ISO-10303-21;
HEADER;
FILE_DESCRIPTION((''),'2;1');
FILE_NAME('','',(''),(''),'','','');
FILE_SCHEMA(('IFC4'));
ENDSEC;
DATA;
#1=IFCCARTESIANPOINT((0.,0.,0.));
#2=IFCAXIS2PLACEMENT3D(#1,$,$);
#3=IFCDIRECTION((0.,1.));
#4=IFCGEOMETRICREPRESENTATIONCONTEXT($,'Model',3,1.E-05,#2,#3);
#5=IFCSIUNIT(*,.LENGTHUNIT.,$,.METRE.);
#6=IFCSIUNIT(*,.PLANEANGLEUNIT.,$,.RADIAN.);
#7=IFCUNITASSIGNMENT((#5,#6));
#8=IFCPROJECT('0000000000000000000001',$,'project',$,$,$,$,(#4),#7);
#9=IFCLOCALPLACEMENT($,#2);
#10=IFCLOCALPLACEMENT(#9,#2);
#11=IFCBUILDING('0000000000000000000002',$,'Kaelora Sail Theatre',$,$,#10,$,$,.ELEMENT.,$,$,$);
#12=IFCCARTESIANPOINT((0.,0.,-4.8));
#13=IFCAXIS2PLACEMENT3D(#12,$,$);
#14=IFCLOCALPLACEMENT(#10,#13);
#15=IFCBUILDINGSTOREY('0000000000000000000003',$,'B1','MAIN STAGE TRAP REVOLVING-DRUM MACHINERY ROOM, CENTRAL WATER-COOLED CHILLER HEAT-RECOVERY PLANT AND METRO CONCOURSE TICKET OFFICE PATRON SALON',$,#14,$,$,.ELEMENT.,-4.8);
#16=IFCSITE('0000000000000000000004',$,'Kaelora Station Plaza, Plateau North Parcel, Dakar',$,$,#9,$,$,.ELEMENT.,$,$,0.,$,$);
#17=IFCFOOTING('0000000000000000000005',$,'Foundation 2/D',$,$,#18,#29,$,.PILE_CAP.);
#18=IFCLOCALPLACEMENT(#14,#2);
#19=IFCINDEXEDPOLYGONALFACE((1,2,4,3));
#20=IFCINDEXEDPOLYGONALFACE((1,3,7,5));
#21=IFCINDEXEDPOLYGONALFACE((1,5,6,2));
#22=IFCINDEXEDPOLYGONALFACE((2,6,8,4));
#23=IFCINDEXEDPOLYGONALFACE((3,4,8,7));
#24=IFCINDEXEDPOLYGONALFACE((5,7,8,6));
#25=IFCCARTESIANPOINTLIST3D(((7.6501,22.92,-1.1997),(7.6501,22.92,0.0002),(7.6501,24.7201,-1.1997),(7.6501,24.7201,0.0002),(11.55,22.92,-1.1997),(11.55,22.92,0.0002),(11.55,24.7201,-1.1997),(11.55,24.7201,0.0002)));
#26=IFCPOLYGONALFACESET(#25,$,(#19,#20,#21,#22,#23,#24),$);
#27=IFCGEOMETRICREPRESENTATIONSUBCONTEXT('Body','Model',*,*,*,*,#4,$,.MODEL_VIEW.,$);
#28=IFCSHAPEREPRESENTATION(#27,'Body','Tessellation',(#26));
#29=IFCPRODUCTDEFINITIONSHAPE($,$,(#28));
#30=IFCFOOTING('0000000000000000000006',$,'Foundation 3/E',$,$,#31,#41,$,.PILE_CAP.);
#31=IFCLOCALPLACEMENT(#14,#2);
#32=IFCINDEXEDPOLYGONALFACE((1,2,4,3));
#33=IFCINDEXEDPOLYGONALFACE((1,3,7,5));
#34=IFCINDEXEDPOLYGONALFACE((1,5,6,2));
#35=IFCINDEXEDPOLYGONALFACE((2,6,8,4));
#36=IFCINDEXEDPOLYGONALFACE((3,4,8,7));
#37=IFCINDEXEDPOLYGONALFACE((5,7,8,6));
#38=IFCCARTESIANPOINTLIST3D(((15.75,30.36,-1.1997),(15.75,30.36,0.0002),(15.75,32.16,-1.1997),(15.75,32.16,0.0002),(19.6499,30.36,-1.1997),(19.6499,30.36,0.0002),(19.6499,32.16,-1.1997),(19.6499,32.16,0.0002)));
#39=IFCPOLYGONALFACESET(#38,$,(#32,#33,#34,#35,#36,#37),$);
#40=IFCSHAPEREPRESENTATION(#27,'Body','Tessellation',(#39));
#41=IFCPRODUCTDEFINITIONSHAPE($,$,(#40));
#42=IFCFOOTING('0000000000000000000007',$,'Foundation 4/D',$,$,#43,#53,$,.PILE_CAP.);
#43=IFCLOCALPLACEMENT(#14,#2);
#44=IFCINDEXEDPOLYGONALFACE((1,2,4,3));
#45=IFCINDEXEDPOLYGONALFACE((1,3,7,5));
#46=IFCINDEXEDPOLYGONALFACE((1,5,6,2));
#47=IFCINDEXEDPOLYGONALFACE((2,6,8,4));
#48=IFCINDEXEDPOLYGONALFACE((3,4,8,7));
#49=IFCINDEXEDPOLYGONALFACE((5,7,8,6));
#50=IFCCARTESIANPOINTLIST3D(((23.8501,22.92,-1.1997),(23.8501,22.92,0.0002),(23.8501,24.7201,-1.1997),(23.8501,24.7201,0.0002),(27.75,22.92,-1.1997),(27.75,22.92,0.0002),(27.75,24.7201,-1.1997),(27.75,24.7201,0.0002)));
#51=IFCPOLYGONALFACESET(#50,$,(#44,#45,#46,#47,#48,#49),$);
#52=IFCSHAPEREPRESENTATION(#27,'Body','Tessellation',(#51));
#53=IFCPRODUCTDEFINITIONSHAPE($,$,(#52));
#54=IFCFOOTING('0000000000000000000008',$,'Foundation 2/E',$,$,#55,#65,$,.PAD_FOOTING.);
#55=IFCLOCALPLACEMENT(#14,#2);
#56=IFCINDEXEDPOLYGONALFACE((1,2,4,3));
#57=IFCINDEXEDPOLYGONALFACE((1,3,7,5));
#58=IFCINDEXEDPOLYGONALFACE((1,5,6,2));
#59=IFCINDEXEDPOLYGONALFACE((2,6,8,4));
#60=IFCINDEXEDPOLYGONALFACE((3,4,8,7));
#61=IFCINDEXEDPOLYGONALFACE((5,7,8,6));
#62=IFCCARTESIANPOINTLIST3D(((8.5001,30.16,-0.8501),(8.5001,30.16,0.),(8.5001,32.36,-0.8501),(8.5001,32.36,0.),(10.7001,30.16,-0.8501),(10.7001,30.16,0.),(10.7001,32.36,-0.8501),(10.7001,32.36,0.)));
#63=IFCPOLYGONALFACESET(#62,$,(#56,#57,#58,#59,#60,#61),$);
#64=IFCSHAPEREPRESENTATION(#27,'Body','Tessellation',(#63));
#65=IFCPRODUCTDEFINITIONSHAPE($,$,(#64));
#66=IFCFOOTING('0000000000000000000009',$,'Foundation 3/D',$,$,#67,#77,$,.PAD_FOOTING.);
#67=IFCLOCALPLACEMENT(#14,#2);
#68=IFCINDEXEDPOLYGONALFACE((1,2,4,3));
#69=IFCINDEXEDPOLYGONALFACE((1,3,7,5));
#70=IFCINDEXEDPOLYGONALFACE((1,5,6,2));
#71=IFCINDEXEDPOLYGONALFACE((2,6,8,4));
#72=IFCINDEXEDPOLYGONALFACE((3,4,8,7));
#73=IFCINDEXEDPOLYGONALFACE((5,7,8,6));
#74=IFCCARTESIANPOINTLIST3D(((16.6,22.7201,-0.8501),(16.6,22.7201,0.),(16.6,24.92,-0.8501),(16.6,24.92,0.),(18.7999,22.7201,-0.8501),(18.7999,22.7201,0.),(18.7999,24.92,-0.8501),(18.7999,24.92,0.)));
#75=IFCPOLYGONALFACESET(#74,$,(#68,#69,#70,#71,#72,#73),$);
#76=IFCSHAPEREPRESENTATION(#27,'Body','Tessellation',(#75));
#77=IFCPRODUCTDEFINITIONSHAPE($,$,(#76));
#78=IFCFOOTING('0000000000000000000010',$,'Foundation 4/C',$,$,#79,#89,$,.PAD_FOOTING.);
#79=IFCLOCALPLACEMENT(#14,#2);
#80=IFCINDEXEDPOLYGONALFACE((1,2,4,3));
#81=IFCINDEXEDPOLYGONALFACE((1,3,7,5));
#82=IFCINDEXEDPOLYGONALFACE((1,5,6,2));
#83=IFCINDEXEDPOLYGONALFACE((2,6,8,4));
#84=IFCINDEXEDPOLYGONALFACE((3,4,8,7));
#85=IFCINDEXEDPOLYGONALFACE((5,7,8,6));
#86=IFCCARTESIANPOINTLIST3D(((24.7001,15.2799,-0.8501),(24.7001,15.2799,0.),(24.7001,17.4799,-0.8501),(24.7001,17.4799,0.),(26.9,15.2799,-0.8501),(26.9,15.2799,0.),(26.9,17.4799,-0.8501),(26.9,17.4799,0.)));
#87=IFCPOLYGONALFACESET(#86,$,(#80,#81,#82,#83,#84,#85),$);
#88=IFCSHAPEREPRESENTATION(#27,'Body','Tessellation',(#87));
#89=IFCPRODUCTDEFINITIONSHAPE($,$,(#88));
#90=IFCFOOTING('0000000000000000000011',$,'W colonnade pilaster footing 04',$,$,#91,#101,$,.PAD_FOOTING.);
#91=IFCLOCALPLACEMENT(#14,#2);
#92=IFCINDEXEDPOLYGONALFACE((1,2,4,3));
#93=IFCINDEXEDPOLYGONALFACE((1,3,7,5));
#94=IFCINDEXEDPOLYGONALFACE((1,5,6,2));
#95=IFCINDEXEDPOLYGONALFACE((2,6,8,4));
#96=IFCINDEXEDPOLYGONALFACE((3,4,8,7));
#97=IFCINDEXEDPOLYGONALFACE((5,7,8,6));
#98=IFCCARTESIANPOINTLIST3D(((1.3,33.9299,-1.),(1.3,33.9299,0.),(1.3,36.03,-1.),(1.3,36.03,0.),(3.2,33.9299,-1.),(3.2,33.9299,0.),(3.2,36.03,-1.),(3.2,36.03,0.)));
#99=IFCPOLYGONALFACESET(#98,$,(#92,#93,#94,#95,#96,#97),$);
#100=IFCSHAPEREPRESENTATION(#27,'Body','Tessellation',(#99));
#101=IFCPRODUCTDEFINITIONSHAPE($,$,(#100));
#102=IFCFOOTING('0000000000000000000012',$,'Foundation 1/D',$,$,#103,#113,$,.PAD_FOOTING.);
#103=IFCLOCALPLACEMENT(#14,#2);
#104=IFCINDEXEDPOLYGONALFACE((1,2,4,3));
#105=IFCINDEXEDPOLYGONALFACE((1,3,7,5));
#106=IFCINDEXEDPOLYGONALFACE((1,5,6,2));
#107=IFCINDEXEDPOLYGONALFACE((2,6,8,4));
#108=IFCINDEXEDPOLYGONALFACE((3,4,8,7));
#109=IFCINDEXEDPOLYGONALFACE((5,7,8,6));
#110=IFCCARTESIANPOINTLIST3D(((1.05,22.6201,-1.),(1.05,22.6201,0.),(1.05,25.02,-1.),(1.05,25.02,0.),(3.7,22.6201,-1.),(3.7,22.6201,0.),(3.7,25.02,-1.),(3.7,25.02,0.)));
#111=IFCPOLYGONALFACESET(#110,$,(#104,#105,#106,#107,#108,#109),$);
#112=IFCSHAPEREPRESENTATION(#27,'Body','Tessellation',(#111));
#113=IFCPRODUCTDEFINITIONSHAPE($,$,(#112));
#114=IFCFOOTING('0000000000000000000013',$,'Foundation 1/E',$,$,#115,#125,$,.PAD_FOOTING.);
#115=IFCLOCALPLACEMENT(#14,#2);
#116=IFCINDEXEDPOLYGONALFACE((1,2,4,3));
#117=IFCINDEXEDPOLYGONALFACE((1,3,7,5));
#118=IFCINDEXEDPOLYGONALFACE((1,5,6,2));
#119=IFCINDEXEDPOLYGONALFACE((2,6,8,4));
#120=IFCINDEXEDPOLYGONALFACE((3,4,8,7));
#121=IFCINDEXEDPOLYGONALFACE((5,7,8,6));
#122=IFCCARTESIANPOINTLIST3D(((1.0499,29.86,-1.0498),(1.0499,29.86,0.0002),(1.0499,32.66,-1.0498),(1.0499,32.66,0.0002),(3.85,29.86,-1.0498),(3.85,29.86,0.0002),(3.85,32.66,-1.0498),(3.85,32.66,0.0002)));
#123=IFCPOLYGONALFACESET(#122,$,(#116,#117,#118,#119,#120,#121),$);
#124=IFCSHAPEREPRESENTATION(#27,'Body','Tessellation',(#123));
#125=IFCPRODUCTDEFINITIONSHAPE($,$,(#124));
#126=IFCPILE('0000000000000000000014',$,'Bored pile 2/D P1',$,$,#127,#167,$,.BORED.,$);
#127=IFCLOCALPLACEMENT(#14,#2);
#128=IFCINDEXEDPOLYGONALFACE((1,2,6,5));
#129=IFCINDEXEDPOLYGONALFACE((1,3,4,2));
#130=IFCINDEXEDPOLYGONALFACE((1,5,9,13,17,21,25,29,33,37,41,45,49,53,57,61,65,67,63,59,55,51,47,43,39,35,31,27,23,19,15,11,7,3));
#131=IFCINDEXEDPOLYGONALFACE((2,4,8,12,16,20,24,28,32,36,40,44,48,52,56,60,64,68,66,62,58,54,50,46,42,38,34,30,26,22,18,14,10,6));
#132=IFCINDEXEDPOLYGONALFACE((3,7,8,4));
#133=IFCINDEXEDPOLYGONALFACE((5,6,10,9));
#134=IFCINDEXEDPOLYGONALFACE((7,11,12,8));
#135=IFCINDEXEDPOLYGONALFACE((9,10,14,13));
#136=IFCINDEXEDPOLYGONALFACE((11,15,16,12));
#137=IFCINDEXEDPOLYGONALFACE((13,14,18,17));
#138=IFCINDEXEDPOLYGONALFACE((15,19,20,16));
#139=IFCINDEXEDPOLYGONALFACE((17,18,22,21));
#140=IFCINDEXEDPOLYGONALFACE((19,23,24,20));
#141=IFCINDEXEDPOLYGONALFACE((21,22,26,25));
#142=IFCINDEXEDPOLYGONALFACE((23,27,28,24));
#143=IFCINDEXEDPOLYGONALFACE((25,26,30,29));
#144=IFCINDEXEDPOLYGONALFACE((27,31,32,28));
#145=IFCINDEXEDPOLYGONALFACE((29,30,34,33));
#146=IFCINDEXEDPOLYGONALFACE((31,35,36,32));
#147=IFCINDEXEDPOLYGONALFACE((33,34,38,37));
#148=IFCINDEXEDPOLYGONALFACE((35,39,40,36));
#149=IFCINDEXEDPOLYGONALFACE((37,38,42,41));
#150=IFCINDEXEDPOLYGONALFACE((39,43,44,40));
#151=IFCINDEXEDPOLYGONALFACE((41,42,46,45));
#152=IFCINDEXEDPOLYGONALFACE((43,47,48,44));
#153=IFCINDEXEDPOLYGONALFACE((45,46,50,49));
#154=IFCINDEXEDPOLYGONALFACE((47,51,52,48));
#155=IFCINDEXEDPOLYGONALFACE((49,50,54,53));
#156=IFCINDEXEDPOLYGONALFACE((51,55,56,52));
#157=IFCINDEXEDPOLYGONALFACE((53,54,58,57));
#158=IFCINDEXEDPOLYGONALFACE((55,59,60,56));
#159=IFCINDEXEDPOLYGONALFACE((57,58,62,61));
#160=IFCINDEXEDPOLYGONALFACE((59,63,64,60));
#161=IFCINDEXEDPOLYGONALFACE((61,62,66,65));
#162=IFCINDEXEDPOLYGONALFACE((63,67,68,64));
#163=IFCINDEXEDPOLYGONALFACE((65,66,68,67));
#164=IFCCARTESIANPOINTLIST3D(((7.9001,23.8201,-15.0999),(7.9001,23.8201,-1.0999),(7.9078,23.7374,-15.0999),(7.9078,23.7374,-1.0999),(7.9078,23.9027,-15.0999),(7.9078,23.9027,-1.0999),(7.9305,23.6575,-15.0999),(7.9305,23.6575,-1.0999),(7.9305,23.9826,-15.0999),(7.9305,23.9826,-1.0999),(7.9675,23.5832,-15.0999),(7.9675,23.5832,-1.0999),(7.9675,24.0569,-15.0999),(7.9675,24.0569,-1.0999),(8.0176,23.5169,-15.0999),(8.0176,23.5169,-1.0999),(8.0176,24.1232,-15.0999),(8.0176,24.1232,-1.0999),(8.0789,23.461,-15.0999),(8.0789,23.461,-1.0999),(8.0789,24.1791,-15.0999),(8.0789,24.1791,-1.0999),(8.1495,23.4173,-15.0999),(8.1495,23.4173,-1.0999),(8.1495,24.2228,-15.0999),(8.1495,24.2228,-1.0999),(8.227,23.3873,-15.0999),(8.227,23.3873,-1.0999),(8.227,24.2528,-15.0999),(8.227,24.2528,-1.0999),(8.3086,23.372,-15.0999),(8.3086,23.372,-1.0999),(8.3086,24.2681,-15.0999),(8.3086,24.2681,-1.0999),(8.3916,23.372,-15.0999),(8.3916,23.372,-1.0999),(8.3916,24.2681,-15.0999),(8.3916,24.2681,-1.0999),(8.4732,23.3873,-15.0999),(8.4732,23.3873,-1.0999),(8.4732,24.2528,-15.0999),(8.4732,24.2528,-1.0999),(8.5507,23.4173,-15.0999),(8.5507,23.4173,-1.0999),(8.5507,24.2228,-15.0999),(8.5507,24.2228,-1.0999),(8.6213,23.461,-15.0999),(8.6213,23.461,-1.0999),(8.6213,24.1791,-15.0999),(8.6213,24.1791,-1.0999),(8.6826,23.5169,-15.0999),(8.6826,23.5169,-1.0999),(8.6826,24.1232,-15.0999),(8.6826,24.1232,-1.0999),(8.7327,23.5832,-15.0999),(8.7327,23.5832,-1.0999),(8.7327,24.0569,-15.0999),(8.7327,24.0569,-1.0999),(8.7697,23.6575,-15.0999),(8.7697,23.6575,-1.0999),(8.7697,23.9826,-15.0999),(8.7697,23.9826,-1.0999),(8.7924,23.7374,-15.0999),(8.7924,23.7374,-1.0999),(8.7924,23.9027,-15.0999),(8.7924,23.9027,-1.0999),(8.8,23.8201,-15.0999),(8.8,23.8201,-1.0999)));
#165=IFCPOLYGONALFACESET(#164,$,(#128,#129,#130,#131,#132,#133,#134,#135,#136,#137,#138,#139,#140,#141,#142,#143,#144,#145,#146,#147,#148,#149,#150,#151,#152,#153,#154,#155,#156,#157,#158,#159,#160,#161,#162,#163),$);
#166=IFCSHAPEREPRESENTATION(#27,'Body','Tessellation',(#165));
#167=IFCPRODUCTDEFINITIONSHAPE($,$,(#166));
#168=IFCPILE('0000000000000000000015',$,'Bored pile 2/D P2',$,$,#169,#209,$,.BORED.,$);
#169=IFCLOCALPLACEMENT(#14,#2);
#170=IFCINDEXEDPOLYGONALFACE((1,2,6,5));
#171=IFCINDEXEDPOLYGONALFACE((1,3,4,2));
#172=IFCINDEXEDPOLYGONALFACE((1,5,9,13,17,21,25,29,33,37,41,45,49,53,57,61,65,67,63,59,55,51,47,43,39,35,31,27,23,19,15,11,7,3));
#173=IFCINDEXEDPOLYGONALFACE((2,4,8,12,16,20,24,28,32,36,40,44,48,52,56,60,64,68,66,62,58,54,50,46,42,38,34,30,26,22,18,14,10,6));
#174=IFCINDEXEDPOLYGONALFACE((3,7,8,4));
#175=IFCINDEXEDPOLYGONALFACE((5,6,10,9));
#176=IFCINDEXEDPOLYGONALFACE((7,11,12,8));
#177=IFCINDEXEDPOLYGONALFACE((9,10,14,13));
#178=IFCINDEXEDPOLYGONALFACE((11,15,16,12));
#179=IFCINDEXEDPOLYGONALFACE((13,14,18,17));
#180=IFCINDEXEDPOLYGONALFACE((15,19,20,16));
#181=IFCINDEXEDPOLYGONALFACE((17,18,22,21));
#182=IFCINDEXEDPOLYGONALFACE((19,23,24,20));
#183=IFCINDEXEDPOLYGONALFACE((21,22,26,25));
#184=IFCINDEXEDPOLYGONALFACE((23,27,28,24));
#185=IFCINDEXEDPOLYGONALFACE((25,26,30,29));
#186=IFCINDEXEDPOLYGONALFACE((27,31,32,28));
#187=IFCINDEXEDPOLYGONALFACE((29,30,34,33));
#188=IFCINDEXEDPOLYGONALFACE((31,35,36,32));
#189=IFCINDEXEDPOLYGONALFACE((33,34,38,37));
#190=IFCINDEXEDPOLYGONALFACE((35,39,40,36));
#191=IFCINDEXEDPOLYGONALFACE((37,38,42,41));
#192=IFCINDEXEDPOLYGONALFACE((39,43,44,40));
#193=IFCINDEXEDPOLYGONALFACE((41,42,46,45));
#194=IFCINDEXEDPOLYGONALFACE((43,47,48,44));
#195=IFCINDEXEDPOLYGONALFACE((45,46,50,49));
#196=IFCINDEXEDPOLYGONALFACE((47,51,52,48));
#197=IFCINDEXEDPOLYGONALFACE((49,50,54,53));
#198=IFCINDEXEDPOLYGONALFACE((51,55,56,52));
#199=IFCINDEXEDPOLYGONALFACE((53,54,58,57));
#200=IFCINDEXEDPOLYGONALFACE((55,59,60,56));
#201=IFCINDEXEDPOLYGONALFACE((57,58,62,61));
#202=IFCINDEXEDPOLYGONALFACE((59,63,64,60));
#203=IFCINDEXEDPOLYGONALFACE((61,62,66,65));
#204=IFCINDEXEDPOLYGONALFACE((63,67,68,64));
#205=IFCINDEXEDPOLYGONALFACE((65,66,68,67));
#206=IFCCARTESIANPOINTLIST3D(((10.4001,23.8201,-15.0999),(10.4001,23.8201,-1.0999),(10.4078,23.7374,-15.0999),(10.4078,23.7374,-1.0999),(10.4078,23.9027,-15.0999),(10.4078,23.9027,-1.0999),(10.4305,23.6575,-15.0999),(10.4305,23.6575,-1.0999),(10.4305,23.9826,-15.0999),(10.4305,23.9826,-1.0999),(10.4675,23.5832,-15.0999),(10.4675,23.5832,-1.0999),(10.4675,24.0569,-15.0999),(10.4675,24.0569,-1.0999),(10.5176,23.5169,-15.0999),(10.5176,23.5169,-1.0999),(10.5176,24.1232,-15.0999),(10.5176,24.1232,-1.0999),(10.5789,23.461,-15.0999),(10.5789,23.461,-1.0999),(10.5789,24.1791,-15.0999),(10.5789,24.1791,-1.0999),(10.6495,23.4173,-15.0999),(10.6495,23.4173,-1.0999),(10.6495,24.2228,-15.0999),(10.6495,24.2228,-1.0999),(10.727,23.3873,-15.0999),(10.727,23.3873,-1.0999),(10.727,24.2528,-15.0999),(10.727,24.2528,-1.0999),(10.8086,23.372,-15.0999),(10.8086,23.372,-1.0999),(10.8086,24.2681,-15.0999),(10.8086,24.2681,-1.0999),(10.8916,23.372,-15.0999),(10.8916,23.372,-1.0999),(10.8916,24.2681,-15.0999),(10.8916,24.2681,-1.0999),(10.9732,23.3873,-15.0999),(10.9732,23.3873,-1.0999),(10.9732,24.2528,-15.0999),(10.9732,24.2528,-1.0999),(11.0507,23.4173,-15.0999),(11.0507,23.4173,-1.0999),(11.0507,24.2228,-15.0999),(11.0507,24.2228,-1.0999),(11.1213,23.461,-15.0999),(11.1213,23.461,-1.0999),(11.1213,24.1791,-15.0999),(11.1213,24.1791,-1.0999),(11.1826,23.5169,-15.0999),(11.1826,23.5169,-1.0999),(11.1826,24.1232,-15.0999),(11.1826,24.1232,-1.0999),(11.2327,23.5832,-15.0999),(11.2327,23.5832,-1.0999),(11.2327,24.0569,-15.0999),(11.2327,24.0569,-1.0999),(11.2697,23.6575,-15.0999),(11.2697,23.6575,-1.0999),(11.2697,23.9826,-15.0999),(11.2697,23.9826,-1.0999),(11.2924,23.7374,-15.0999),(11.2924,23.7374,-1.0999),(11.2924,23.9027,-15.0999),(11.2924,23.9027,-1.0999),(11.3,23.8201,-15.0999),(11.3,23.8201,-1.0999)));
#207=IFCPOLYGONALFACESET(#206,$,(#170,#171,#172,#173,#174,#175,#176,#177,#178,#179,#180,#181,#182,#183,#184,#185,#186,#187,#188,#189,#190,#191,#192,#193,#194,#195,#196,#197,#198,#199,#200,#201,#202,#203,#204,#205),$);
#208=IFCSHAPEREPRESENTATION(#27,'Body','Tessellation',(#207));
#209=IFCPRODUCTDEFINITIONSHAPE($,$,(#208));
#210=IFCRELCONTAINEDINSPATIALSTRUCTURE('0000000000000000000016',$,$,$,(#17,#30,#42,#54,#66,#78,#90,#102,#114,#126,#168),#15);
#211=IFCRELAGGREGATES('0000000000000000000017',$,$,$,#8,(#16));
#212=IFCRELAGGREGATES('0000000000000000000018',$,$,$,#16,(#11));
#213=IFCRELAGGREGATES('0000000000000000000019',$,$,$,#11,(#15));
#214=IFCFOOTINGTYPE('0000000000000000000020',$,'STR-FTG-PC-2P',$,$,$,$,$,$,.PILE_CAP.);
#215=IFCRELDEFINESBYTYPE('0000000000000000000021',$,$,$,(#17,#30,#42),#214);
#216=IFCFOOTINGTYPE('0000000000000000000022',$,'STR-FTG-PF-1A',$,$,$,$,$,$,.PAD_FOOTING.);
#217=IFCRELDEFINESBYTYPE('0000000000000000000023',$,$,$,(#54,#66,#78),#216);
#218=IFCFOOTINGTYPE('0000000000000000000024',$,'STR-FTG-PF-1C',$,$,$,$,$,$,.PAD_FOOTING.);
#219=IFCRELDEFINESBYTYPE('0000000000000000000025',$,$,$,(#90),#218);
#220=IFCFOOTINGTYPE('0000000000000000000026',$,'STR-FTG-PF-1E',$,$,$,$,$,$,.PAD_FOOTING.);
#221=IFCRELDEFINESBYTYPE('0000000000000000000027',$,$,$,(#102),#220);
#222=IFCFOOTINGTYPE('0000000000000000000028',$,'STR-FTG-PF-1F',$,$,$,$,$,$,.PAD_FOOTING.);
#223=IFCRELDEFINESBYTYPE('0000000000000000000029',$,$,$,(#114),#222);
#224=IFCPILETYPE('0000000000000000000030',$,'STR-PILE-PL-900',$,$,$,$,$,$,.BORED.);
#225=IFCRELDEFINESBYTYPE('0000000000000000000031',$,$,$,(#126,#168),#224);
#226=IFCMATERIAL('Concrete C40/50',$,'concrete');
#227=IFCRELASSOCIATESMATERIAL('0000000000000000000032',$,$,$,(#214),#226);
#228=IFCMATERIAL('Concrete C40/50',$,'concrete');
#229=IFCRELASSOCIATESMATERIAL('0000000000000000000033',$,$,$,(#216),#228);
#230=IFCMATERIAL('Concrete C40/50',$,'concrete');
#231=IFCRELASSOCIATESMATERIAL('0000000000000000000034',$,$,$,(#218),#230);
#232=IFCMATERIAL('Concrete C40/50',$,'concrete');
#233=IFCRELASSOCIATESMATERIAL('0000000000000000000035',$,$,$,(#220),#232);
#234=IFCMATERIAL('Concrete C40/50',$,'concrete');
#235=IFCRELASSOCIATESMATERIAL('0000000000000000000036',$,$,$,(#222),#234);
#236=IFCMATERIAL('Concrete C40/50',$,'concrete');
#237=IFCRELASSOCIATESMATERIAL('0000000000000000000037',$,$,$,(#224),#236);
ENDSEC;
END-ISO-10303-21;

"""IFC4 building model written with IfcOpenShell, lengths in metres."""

from ifc_helpers import new_model, si_unit, direction, frame, origin, origin_2d, place, context, subcontext, project, spatial, rectangle, circle, extrude, material, material_profile, profile_set, type_object, element, save


model = new_model("IFC4")

# Units and contexts
model_context = context("Model", 3, precision=1e-05, world=origin(), true_north=direction((0.0, 1.0)))
body_context = subcontext(model_context, "Body", "Model", "MODEL_VIEW")
ifc_project = project(units=[si_unit("LENGTHUNIT", "METRE"), si_unit("PLANEANGLEUNIT", "RADIAN")], contexts=[model_context])

# Site, building, storey
site_placement = place(None, origin())
site = spatial("IfcSite", under=ifc_project, at=site_placement, Name="Kaelora Station Plaza, Plateau North Parcel, Dakar", CompositionType="ELEMENT", RefElevation=0.0)
building_placement = place(site_placement, origin())
building = spatial("IfcBuilding", under=site, at=building_placement, Name="Kaelora Sail Theatre", CompositionType="ELEMENT")
storey_placement = place(building_placement, frame((0.0, 0.0, -4.8)))
storey = spatial("IfcBuildingStorey", under=building, at=storey_placement, Name="B1", Description="MAIN STAGE TRAP REVOLVING-DRUM MACHINERY ROOM, CENTRAL WATER-COOLED CHILLER HEAT-RECOVERY PLANT AND METRO CONCOURSE TICKET OFFICE PATRON SALON", CompositionType="ELEMENT", Elevation=-4.8)

# Footings
ifc_material_1 = material(Name="Concrete C40/50", Category="concrete")
footing_type_1 = type_object("IfcFootingType", Name="STR-FTG-PC-2P", PredefinedType="PILE_CAP", material=ifc_material_1)
for number, where, z_axis, x_axis, name in (
    (1, (9.6001, 23.8201, -1.1997), (0.0, 0.0, 1.0), (1.0, 0.0, 0.0), "Foundation 2/D"),
    (2, (17.7, 31.26, -1.1997), (0.0, 0.0, 1.0), (1.0, 0.0, 0.0), "Foundation 3/E"),
    (3, (25.8, 23.8201, -1.1997), (0.0, 0.0, 1.0), (1.0, 0.0, 0.0), "Foundation 4/D"),
):
    element("IfcFooting", number, at=place(storey_placement, frame(where, z_axis=z_axis, x_axis=x_axis)), inside=storey, type_object=footing_type_1, Name=name, PredefinedType="PILE_CAP", context=body_context, shape_type="SweptSolid", body=[
        extrude(rectangle(XDim=3.8999, YDim=1.8, at=origin_2d()), origin(), (0.0, 0.0, 1.0), 1.2),
    ])
ifc_material_2 = material(Name="Concrete C40/50", Category="concrete")
footing_type_2 = type_object("IfcFootingType", Name="STR-FTG-PF-1A", PredefinedType="PAD_FOOTING", material=ifc_material_2)
for number, where, z_axis, x_axis, name in (
    (4, (9.6001, 31.26, -0.8501), (0.0, 0.0, 1.0), (1.0, 0.0, 0.0), "Foundation 2/E"),
    (5, (17.7, 23.8201, -0.8501), (0.0, 0.0, 1.0), (1.0, 0.0, 0.0), "Foundation 3/D"),
    (6, (25.8, 16.3799, -0.8501), (0.0, 0.0, 1.0), (1.0, 0.0, 0.0), "Foundation 4/C"),
):
    element("IfcFooting", number, at=place(storey_placement, frame(where, z_axis=z_axis, x_axis=x_axis)), inside=storey, type_object=footing_type_2, Name=name, PredefinedType="PAD_FOOTING", context=body_context, shape_type="SweptSolid", body=[
        extrude(rectangle(XDim=2.2, YDim=2.2, at=origin_2d()), origin(), (0.0, 0.0, 1.0), 0.8501),
    ])
ifc_material_3 = material(Name="Concrete C40/50", Category="concrete")
footing_type_3 = type_object("IfcFootingType", Name="STR-FTG-PF-1C", PredefinedType="PAD_FOOTING", material=ifc_material_3)
footing_1_placement = place(storey_placement, frame((2.25, 34.98, -1.0), z_axis=(0.0, 0.0, 1.0), x_axis=(1.0, 0.0, 0.0)))
element("IfcFooting", 7, at=footing_1_placement, inside=storey, type_object=footing_type_3, Name="W colonnade pilaster footing 04", PredefinedType="PAD_FOOTING", context=body_context, shape_type="SweptSolid", body=[
    extrude(rectangle(XDim=1.8999, YDim=2.1001, at=origin_2d()), origin(), (0.0, 0.0, 1.0), 1.0),
])
ifc_material_4 = material(Name="Concrete C40/50", Category="concrete")
footing_type_4 = type_object("IfcFootingType", Name="STR-FTG-PF-1E", PredefinedType="PAD_FOOTING", material=ifc_material_4)
footing_2_placement = place(storey_placement, frame((2.375, 23.8201, -1.0), z_axis=(0.0, 0.0, 1.0), x_axis=(1.0, 0.0, 0.0)))
element("IfcFooting", 8, at=footing_2_placement, inside=storey, type_object=footing_type_4, Name="Foundation 1/D", PredefinedType="PAD_FOOTING", context=body_context, shape_type="SweptSolid", body=[
    extrude(rectangle(XDim=2.6499, YDim=2.3999, at=origin_2d()), origin(), (0.0, 0.0, 1.0), 1.0),
])
ifc_material_5 = material(Name="Concrete C40/50", Category="concrete")
footing_type_5 = type_object("IfcFootingType", Name="STR-FTG-PF-1F", PredefinedType="PAD_FOOTING", material=ifc_material_5)
footing_3_placement = place(storey_placement, frame((2.45, 31.26, -1.0498), z_axis=(0.0, 0.0, 1.0), x_axis=(1.0, 0.0, 0.0)))
element("IfcFooting", 9, at=footing_3_placement, inside=storey, type_object=footing_type_5, Name="Foundation 1/E", PredefinedType="PAD_FOOTING", context=body_context, shape_type="SweptSolid", body=[
    extrude(rectangle(XDim=2.8, YDim=2.8, at=origin_2d()), origin(), (0.0, 0.0, 1.0), 1.05),
])

# Piles
ifc_material_6 = material(Name="Concrete C40/50", Category="concrete")
ifc_material_profile_1 = material_profile(ifc_material_6, circle(Radius=0.45, at=origin_2d()), Name="PILE D900")
ifc_profile_set_1 = profile_set([ifc_material_profile_1], Name="Concrete C40/50")
pile_type = type_object("IfcPileType", Name="STR-PILE-PL-900", PredefinedType="BORED", material=ifc_profile_set_1)
for number, where, z_axis, x_axis, name in (
    (10, (8.3501, 23.8201, -1.0999), (0.0, 0.0, -1.0), (1.0, 0.0, 0.0), "Bored pile 2/D P1"),
    (11, (10.8501, 23.8201, -1.0999), (0.0, 0.0, -1.0), (1.0, 0.0, 0.0), "Bored pile 2/D P2"),
):
    element("IfcPile", number, at=place(storey_placement, frame(where, z_axis=z_axis, x_axis=x_axis)), inside=storey, type_object=pile_type, Name=name, PredefinedType="BORED", context=body_context, shape_type="SweptSolid", body=[
        extrude(circle(Radius=0.45, at=origin_2d()), origin(), (0.0, 0.0, 1.0), 14.0),
    ])

save(model, "model.ifc")
